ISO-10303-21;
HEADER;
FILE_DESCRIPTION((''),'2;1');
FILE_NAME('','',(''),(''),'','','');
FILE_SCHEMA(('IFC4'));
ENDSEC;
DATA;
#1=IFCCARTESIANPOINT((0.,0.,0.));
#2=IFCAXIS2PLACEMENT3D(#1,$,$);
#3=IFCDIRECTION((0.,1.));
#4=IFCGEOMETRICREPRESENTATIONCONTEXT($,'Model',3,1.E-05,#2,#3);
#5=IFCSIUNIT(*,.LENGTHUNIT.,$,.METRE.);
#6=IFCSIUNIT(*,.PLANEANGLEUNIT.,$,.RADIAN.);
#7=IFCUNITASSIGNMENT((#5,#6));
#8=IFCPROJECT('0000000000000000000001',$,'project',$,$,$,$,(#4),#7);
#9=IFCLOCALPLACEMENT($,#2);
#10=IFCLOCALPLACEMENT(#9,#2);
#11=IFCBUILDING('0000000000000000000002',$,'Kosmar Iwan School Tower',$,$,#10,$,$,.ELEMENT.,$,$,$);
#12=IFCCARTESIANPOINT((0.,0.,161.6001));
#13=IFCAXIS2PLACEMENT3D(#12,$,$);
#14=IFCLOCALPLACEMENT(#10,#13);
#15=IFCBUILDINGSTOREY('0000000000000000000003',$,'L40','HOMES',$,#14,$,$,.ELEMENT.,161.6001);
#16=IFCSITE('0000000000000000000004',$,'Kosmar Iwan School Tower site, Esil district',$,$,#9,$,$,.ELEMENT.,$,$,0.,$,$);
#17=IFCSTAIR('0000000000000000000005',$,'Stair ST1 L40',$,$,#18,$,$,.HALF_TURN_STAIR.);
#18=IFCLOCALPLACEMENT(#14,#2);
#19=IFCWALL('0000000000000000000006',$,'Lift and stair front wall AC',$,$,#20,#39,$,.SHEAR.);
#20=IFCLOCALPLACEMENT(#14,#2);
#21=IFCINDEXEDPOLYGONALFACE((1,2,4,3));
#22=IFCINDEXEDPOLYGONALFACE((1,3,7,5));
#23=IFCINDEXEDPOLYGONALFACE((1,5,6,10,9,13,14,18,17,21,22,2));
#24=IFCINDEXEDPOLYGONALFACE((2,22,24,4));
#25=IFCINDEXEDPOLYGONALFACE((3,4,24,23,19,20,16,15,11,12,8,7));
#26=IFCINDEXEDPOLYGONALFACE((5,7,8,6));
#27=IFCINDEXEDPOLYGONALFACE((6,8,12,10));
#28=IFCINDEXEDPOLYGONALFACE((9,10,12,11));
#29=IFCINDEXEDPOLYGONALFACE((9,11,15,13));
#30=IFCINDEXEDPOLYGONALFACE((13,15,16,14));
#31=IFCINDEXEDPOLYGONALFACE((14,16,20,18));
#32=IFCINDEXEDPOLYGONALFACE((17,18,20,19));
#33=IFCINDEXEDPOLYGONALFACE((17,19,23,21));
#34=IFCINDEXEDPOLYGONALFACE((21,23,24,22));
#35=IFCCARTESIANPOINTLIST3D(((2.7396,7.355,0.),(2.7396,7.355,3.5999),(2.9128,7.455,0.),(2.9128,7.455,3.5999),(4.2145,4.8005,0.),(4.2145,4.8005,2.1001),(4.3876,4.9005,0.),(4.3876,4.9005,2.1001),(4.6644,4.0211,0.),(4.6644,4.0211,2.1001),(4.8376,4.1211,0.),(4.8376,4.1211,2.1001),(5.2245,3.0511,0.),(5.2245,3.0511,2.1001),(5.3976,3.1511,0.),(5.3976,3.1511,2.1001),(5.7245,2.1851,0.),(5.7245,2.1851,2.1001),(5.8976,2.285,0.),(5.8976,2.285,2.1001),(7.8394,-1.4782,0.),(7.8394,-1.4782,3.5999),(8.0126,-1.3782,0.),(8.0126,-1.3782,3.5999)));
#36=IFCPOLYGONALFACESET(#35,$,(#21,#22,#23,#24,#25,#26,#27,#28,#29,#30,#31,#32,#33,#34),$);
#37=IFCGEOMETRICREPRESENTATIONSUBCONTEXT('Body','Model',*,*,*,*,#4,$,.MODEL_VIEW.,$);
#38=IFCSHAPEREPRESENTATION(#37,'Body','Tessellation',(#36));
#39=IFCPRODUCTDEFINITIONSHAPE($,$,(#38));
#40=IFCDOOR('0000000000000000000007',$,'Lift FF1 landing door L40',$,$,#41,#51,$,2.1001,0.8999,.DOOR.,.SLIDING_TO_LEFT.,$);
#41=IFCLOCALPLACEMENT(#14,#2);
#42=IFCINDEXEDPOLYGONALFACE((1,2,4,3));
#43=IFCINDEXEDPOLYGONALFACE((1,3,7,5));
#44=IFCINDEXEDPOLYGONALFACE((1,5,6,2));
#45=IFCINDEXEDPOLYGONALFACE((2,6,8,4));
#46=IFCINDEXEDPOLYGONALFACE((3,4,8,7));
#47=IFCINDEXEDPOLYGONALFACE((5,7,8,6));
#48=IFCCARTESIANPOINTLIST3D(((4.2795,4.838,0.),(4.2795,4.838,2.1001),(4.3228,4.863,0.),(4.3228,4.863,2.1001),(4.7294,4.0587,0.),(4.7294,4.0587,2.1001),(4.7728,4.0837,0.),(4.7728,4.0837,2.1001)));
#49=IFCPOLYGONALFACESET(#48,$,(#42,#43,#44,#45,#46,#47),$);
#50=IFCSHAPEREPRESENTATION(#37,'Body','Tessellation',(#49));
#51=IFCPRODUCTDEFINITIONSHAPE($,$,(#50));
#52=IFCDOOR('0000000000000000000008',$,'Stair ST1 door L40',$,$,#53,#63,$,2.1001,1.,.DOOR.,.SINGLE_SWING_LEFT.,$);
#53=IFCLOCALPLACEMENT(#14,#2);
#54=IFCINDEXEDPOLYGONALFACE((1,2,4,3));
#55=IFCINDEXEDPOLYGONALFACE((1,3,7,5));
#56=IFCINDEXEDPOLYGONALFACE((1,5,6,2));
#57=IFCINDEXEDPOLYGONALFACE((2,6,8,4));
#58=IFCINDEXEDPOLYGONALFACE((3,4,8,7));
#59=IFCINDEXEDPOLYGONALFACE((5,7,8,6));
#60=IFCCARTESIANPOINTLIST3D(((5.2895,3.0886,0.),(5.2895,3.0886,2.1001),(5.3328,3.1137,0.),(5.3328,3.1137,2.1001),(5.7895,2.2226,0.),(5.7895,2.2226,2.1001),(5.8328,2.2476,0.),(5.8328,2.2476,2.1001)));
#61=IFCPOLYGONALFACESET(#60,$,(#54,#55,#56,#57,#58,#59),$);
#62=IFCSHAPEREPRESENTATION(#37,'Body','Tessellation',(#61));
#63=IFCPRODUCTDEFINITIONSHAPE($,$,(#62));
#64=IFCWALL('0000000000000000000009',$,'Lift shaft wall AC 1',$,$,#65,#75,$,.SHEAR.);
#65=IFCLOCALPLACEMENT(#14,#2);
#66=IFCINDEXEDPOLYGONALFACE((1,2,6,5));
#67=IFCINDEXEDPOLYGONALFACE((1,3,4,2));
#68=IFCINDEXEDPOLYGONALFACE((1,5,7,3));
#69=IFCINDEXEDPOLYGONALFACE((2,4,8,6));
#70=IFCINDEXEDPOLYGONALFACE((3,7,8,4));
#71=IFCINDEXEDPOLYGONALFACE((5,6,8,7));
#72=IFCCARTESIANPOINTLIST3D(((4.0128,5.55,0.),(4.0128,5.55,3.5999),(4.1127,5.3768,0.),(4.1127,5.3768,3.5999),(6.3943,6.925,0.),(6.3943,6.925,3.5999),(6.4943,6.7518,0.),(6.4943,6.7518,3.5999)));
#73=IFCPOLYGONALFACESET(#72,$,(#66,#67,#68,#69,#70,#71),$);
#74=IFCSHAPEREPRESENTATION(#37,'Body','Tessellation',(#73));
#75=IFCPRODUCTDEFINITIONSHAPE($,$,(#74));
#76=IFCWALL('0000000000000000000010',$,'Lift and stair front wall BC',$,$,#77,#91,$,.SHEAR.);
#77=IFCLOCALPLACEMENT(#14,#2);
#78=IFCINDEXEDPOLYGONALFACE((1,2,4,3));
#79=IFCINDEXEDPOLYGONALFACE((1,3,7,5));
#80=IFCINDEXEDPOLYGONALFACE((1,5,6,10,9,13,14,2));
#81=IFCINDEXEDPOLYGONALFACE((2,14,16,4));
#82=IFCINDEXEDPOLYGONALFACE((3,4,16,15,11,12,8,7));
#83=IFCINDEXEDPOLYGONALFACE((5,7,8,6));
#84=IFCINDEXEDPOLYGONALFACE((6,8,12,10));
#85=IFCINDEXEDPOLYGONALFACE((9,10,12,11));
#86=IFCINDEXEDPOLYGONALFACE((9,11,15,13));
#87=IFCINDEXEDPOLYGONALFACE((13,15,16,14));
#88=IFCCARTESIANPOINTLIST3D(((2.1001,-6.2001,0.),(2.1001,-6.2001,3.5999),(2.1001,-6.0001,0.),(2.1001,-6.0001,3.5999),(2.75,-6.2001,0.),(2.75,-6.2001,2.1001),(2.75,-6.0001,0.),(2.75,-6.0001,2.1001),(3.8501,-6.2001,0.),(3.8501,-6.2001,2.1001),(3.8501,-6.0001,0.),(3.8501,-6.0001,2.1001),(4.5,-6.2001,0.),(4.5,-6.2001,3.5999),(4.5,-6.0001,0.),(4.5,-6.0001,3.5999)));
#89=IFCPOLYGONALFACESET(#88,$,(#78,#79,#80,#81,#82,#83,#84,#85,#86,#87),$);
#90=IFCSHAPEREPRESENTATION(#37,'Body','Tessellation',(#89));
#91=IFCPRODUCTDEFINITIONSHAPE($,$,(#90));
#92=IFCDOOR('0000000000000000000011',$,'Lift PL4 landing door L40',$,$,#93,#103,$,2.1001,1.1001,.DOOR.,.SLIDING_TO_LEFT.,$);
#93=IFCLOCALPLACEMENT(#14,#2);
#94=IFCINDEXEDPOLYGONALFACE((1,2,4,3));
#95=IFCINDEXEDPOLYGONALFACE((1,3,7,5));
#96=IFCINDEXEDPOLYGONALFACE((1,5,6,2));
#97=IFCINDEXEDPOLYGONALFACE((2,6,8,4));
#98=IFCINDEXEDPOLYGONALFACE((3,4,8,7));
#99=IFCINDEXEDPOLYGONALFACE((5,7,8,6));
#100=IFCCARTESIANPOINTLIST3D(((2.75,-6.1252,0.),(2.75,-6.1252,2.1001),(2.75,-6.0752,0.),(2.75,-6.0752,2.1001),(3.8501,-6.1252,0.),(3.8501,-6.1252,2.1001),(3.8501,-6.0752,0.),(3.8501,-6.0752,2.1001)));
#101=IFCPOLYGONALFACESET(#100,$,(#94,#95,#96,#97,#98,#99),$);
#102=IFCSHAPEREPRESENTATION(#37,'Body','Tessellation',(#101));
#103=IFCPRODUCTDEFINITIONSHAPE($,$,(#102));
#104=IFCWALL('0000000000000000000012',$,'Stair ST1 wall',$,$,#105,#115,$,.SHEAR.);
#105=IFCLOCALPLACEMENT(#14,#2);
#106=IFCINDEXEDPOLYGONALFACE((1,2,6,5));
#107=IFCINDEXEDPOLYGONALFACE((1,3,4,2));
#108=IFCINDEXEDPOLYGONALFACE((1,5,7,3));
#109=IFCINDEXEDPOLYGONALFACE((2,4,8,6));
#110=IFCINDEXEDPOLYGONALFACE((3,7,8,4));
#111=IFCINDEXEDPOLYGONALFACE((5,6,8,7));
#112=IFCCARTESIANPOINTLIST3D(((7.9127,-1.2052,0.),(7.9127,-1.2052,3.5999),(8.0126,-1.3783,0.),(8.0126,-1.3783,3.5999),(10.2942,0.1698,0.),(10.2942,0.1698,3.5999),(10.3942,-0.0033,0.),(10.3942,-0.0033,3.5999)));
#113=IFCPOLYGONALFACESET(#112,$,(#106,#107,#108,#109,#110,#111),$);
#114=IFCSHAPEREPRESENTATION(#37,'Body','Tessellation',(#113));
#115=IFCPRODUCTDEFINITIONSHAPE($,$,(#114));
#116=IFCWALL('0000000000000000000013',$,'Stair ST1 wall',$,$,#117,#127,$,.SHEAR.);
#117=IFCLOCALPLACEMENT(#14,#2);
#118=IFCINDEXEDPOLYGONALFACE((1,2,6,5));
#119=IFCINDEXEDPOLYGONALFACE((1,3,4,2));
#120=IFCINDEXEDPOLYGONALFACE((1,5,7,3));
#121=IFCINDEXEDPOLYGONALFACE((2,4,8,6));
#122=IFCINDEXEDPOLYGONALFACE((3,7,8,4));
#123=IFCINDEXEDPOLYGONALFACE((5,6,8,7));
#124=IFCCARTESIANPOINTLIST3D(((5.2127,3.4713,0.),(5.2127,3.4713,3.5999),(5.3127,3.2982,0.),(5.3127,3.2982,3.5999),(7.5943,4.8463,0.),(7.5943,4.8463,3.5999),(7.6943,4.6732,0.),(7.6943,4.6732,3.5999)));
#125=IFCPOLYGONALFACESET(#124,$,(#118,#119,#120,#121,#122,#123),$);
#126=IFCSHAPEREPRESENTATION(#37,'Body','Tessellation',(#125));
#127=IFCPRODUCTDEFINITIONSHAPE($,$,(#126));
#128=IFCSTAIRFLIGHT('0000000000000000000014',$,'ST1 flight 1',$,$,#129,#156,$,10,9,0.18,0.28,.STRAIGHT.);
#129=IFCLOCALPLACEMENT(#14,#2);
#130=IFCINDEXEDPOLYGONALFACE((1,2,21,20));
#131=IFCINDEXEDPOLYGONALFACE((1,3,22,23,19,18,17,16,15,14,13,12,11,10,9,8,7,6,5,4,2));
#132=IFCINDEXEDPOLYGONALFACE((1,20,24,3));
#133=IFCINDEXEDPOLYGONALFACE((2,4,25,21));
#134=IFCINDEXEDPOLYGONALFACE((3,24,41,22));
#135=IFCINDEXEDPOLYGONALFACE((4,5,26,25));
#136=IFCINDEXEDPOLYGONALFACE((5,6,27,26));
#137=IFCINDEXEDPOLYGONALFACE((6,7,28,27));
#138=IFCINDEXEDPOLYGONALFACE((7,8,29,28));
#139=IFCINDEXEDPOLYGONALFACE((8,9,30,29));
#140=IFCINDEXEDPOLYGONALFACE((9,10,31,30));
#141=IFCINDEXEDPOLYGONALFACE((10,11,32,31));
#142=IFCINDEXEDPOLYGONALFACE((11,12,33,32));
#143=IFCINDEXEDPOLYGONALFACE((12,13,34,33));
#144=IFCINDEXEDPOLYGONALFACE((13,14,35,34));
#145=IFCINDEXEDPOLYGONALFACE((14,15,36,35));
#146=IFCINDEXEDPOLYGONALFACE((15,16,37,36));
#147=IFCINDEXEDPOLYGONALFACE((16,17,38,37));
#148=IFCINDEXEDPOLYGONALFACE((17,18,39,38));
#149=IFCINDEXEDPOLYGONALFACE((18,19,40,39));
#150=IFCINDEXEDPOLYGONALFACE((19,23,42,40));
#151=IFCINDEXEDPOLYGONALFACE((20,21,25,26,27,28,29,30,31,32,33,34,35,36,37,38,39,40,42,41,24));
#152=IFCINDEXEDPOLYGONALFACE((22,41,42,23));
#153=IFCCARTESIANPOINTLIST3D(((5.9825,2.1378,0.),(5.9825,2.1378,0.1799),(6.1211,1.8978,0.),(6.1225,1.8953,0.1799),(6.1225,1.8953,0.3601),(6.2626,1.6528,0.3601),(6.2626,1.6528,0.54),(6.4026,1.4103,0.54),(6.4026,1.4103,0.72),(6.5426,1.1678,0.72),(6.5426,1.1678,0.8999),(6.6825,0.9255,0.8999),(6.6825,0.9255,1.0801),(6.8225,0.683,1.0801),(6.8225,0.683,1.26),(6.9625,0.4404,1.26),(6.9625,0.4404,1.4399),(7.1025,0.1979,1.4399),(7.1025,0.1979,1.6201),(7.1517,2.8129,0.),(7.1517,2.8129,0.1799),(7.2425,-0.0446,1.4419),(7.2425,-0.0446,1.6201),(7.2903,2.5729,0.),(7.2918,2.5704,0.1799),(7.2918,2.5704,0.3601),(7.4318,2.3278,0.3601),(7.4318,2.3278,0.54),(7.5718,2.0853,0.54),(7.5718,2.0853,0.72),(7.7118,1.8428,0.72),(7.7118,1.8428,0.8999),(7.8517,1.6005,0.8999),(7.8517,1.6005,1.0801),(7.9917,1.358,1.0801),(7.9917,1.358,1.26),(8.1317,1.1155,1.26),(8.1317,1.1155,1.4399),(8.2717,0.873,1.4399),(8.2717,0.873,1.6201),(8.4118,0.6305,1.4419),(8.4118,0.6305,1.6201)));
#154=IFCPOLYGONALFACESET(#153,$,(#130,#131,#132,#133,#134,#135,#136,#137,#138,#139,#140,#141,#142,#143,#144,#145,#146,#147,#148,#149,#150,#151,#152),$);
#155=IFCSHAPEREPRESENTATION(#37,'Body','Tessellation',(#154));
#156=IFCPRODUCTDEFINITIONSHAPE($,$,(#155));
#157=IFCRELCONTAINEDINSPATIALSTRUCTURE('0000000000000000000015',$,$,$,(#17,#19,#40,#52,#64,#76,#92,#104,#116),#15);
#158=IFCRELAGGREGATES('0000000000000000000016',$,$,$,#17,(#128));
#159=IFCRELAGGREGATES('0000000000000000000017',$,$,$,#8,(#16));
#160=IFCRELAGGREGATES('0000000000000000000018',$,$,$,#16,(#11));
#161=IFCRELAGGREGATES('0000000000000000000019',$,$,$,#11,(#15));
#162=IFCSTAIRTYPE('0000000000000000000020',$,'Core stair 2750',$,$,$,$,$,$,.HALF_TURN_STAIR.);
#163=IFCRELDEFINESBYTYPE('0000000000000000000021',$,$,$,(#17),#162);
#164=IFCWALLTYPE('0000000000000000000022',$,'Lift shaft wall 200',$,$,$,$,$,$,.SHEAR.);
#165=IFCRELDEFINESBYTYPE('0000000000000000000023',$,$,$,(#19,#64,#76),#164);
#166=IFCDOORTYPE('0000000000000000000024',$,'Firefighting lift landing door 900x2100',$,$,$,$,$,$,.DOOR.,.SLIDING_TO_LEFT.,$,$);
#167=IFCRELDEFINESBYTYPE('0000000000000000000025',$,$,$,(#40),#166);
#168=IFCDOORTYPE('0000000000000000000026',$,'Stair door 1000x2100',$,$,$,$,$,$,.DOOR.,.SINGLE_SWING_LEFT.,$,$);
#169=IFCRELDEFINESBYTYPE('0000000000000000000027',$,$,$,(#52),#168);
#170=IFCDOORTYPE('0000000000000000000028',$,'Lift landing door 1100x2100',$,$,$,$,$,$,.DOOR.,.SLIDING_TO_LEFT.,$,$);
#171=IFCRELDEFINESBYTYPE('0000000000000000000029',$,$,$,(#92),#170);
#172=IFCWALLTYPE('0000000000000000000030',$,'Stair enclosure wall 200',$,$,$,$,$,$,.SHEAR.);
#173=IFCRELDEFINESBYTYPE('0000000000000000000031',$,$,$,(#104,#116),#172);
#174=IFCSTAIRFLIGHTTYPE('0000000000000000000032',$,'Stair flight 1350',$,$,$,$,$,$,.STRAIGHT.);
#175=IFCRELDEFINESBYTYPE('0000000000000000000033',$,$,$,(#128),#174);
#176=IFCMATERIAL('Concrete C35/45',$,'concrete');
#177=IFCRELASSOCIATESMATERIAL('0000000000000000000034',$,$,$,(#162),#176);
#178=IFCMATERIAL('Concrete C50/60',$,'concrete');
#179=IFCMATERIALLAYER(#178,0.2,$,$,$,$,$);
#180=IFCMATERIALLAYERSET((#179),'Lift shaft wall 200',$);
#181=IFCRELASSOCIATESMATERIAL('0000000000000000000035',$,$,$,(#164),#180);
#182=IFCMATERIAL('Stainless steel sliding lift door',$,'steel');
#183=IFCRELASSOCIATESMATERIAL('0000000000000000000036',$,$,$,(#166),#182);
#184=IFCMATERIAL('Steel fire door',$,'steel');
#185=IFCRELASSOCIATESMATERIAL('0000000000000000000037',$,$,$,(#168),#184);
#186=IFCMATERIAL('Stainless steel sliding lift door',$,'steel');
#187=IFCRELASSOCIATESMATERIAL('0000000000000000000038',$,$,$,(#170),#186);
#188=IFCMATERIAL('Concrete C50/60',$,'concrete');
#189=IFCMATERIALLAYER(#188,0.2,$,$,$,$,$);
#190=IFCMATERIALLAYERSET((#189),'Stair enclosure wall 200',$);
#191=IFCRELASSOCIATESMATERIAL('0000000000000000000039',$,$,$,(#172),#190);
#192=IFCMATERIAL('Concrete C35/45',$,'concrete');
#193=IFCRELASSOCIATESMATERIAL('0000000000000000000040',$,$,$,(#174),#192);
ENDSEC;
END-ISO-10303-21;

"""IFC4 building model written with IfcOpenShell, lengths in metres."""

from ifc_helpers import new_model, si_unit, direction, frame, frame_2d, origin, place, context, subcontext, project, spatial, polyline, rectangle, outline, extrude, material, layer, layer_set, type_object, element, fill, aggregate, save


model = new_model("IFC4")

# Units and contexts
model_context = context("Model", 3, precision=1e-05, world=origin(), true_north=direction((0.0, 1.0)))
body_context = subcontext(model_context, "Body", "Model", "MODEL_VIEW")
ifc_project = project(units=[si_unit("LENGTHUNIT", "METRE"), si_unit("PLANEANGLEUNIT", "RADIAN")], contexts=[model_context])

# Site, building, storey
site_placement = place(None, origin())
site = spatial("IfcSite", under=ifc_project, at=site_placement, Name="Kosmar Iwan School Tower site, Esil district", CompositionType="ELEMENT", RefElevation=0.0)
building_placement = place(site_placement, origin())
building = spatial("IfcBuilding", under=site, at=building_placement, Name="Kosmar Iwan School Tower", CompositionType="ELEMENT")
storey_placement = place(building_placement, frame((0.0, 0.0, 161.6001)))
storey = spatial("IfcBuildingStorey", under=building, at=storey_placement, Name="L40", Description="HOMES", CompositionType="ELEMENT", Elevation=161.6001)

# Stair
ifc_material_1 = material(Name="Concrete C35/45", Category="concrete")
stair_type_1 = type_object("IfcStairType", Name="Core stair 2750", PredefinedType="HALF_TURN_STAIR", material=ifc_material_1)
stair_1_placement = place(storey_placement, origin())
stair_1 = element("IfcStair", 1, at=stair_1_placement, inside=storey, type_object=stair_type_1, Name="Stair ST1 L40", PredefinedType="HALF_TURN_STAIR")

# Wall, openings, doors
ifc_material_2 = material(Name="Concrete C50/60", Category="concrete")
ifc_layer_1 = layer(ifc_material_2, 0.2)
ifc_layer_set_1 = layer_set([ifc_layer_1], Name="Lift shaft wall 200")
wall_type_1 = type_object("IfcWallType", Name="Lift shaft wall 200", PredefinedType="SHEAR", material=ifc_layer_set_1)
wall_1_placement = place(storey_placement, frame((7.926, -1.4282, 0.0), z_axis=(0.0, 0.0, 1.0), x_axis=(-0.499998, 0.866027, 0.0)))
wall_1 = element("IfcWall", 2, at=wall_1_placement, inside=storey, type_object=wall_type_1, Name="Lift and stair front wall AC", PredefinedType="SHEAR", context=body_context, shape_type="SweptSolid", body=[
    extrude(rectangle(XDim=10.1997, YDim=0.2, at=frame_2d((5.0999, 0.0))), origin(), (0.0, 0.0, 1.0), 3.5999),
])
opening_1_placement = place(wall_1_placement, frame((6.3501, 0.0, 0.0)))
opening_1 = element("IfcOpeningElement", 3, at=opening_1_placement, cuts=wall_1, PredefinedType="OPENING", context=body_context, shape_type="SweptSolid", body=[
    extrude(rectangle(XDim=0.8999, YDim=2.1001, at=frame_2d((0.45, 1.05))), frame((0.0, 0.1121, 0.0), z_axis=(0.0, -1.0, 0.0), x_axis=(1.0, 0.0, 0.0)), (0.0, 0.0, 1.0), 0.2239),
])
opening_2_placement = place(wall_1_placement, frame((4.23, 0.0, 0.0)))
opening_2 = element("IfcOpeningElement", 4, at=opening_2_placement, cuts=wall_1, PredefinedType="OPENING", context=body_context, shape_type="SweptSolid", body=[
    extrude(rectangle(XDim=1.0, YDim=2.1001, at=frame_2d((0.5, 1.05))), frame((0.0, 0.1121, 0.0), z_axis=(0.0, -1.0, 0.0), x_axis=(1.0, 0.0, 0.0)), (0.0, 0.0, 1.0), 0.2239),
])
ifc_material_3 = material(Name="Stainless steel sliding lift door", Category="steel")
door_type_1 = type_object("IfcDoorType", Name="Firefighting lift landing door 900x2100", OperationType="SLIDING_TO_LEFT", PredefinedType="DOOR", material=ifc_material_3)
door_1_placement = place(opening_1_placement, origin())
door_1 = element("IfcDoor", 5, at=door_1_placement, inside=storey, type_object=door_type_1, Name="Lift FF1 landing door L40", OperationType="SLIDING_TO_LEFT", OverallHeight=2.1001, OverallWidth=0.8999, PredefinedType="DOOR", context=body_context, shape_type="SweptSolid", body=[
    extrude(rectangle(XDim=0.8999, YDim=2.1001, at=frame_2d((0.45, 1.05))), frame((0.0, 0.0249, 0.0), z_axis=(0.0, -1.0, 0.0), x_axis=(1.0, 0.0, 0.0)), (0.0, 0.0, 1.0), 0.05),
])
fill(opening_1, door_1)
ifc_material_4 = material(Name="Steel fire door", Category="steel")
door_type_2 = type_object("IfcDoorType", Name="Stair door 1000x2100", OperationType="SINGLE_SWING_LEFT", PredefinedType="DOOR", material=ifc_material_4)
door_2_placement = place(opening_2_placement, origin())
door_2 = element("IfcDoor", 6, at=door_2_placement, inside=storey, type_object=door_type_2, Name="Stair ST1 door L40", OperationType="SINGLE_SWING_LEFT", OverallHeight=2.1001, OverallWidth=1.0, PredefinedType="DOOR", context=body_context, shape_type="SweptSolid", body=[
    extrude(rectangle(XDim=1.0, YDim=2.1001, at=frame_2d((0.5, 1.05))), frame((0.0, 0.0249, 0.0), z_axis=(0.0, -1.0, 0.0), x_axis=(1.0, 0.0, 0.0)), (0.0, 0.0, 1.0), 0.05),
])
fill(opening_2, door_2)

# Wall
wall_2_placement = place(storey_placement, frame((4.0627, 5.4634, 0.0), z_axis=(0.0, 0.0, 1.0), x_axis=(0.866027, 0.499997, 0.0)))
element("IfcWall", 7, at=wall_2_placement, inside=storey, type_object=wall_type_1, Name="Lift shaft wall AC 1", PredefinedType="SHEAR", context=body_context, shape_type="SweptSolid", body=[
    extrude(rectangle(XDim=2.75, YDim=0.2, at=frame_2d((1.375, 0.0))), origin(), (0.0, 0.0, 1.0), 3.5999),
])

# Wall, opening, door
wall_3_placement = place(storey_placement, frame((2.1001, -6.1001, 0.0), z_axis=(0.0, 0.0, 1.0), x_axis=(1.0, 0.0, 0.0)))
wall_3 = element("IfcWall", 8, at=wall_3_placement, inside=storey, type_object=wall_type_1, Name="Lift and stair front wall BC", PredefinedType="SHEAR", context=body_context, shape_type="SweptSolid", body=[
    extrude(rectangle(XDim=2.3999, YDim=0.2, at=frame_2d((1.2, 0.0))), origin(), (0.0, 0.0, 1.0), 3.5999),
])
opening_3_placement = place(wall_3_placement, frame((0.6499, 0.0, 0.0)))
opening_3 = element("IfcOpeningElement", 9, at=opening_3_placement, cuts=wall_3, PredefinedType="OPENING", context=body_context, shape_type="SweptSolid", body=[
    extrude(rectangle(XDim=1.1001, YDim=2.1001, at=frame_2d((0.55, 1.05))), frame((0.0, 0.1121, 0.0), z_axis=(0.0, -1.0, 0.0), x_axis=(1.0, 0.0, 0.0)), (0.0, 0.0, 1.0), 0.2239),
])
ifc_material_5 = material(Name="Stainless steel sliding lift door", Category="steel")
door_type_3 = type_object("IfcDoorType", Name="Lift landing door 1100x2100", OperationType="SLIDING_TO_LEFT", PredefinedType="DOOR", material=ifc_material_5)
door_3_placement = place(opening_3_placement, origin())
door_3 = element("IfcDoor", 10, at=door_3_placement, inside=storey, type_object=door_type_3, Name="Lift PL4 landing door L40", OperationType="SLIDING_TO_LEFT", OverallHeight=2.1001, OverallWidth=1.1001, PredefinedType="DOOR", context=body_context, shape_type="SweptSolid", body=[
    extrude(rectangle(XDim=1.1001, YDim=2.1001, at=frame_2d((0.55, 1.05))), frame((0.0, 0.0249, 0.0), z_axis=(0.0, -1.0, 0.0), x_axis=(1.0, 0.0, 0.0)), (0.0, 0.0, 1.0), 0.05),
])
fill(opening_3, door_3)

# Walls
ifc_material_6 = material(Name="Concrete C50/60", Category="concrete")
ifc_layer_2 = layer(ifc_material_6, 0.2)
ifc_layer_set_2 = layer_set([ifc_layer_2], Name="Stair enclosure wall 200")
wall_type_2 = type_object("IfcWallType", Name="Stair enclosure wall 200", PredefinedType="SHEAR", material=ifc_layer_set_2)
for number, where, z_axis, x_axis, name in (
    (11, (7.9626, -1.2917, 0.0), (0.0, 0.0, 1.0), (0.866027, 0.499997, 0.0), "Stair ST1 wall"),
    (12, (5.2627, 3.3848, 0.0), (0.0, 0.0, 1.0), (0.866027, 0.499997, 0.0), "Stair ST1 wall"),
):
    element("IfcWall", number, at=place(storey_placement, frame(where, z_axis=z_axis, x_axis=x_axis)), inside=storey, type_object=wall_type_2, Name=name, PredefinedType="SHEAR", context=body_context, shape_type="SweptSolid", body=[
        extrude(rectangle(XDim=2.75, YDim=0.2, at=frame_2d((1.375, 0.0))), origin(), (0.0, 0.0, 1.0), 3.5999),
    ])

# Stair flight
ifc_material_7 = material(Name="Concrete C35/45", Category="concrete")
stair_flight_type = type_object("IfcStairFlightType", Name="Stair flight 1350", PredefinedType="STRAIGHT", material=ifc_material_7)
stair_flight_1_placement = place(storey_placement, frame((6.5671, 2.4753, 0.0), z_axis=(0.0, 0.0, 1.0), x_axis=(0.5, -0.866025, 0.0)))
stair_flight_1 = element("IfcStairFlight", 13, at=stair_flight_1_placement, type_object=stair_flight_type, Name="ST1 flight 1", NumberOfRisers=10, NumberOfTreads=9, PredefinedType="STRAIGHT", RiserHeight=0.18, TreadLength=0.28, context=body_context, shape_type="SweptSolid", body=[
    extrude(outline(polyline([(0.0, 0.0), (0.0, 0.1799), (0.28, 0.1799), (0.28, 0.3601), (0.5601, 0.3601), (0.5601, 0.54), (0.8401, 0.54), (0.8401, 0.72), (1.1201, 0.72), (1.1201, 0.8999), (1.3999, 0.8999), (1.3999, 1.0801), (1.6799, 1.0801), (1.6799, 1.26), (1.96, 1.26), (1.96, 1.4399), (2.24, 1.4399), (2.24, 1.6201), (2.52, 1.6201), (2.52, 1.8), (2.52, 1.4419), (0.2771, 0.0), (0.0, 0.0)])), frame((0.0, 0.675, 0.0), z_axis=(0.0, -1.0, 0.0), x_axis=(1.0, 0.0, 0.0)), (0.0, 0.0, 1.0), 1.3501),
])
aggregate(stair_1, [stair_flight_1])

save(model, "model.ifc")
